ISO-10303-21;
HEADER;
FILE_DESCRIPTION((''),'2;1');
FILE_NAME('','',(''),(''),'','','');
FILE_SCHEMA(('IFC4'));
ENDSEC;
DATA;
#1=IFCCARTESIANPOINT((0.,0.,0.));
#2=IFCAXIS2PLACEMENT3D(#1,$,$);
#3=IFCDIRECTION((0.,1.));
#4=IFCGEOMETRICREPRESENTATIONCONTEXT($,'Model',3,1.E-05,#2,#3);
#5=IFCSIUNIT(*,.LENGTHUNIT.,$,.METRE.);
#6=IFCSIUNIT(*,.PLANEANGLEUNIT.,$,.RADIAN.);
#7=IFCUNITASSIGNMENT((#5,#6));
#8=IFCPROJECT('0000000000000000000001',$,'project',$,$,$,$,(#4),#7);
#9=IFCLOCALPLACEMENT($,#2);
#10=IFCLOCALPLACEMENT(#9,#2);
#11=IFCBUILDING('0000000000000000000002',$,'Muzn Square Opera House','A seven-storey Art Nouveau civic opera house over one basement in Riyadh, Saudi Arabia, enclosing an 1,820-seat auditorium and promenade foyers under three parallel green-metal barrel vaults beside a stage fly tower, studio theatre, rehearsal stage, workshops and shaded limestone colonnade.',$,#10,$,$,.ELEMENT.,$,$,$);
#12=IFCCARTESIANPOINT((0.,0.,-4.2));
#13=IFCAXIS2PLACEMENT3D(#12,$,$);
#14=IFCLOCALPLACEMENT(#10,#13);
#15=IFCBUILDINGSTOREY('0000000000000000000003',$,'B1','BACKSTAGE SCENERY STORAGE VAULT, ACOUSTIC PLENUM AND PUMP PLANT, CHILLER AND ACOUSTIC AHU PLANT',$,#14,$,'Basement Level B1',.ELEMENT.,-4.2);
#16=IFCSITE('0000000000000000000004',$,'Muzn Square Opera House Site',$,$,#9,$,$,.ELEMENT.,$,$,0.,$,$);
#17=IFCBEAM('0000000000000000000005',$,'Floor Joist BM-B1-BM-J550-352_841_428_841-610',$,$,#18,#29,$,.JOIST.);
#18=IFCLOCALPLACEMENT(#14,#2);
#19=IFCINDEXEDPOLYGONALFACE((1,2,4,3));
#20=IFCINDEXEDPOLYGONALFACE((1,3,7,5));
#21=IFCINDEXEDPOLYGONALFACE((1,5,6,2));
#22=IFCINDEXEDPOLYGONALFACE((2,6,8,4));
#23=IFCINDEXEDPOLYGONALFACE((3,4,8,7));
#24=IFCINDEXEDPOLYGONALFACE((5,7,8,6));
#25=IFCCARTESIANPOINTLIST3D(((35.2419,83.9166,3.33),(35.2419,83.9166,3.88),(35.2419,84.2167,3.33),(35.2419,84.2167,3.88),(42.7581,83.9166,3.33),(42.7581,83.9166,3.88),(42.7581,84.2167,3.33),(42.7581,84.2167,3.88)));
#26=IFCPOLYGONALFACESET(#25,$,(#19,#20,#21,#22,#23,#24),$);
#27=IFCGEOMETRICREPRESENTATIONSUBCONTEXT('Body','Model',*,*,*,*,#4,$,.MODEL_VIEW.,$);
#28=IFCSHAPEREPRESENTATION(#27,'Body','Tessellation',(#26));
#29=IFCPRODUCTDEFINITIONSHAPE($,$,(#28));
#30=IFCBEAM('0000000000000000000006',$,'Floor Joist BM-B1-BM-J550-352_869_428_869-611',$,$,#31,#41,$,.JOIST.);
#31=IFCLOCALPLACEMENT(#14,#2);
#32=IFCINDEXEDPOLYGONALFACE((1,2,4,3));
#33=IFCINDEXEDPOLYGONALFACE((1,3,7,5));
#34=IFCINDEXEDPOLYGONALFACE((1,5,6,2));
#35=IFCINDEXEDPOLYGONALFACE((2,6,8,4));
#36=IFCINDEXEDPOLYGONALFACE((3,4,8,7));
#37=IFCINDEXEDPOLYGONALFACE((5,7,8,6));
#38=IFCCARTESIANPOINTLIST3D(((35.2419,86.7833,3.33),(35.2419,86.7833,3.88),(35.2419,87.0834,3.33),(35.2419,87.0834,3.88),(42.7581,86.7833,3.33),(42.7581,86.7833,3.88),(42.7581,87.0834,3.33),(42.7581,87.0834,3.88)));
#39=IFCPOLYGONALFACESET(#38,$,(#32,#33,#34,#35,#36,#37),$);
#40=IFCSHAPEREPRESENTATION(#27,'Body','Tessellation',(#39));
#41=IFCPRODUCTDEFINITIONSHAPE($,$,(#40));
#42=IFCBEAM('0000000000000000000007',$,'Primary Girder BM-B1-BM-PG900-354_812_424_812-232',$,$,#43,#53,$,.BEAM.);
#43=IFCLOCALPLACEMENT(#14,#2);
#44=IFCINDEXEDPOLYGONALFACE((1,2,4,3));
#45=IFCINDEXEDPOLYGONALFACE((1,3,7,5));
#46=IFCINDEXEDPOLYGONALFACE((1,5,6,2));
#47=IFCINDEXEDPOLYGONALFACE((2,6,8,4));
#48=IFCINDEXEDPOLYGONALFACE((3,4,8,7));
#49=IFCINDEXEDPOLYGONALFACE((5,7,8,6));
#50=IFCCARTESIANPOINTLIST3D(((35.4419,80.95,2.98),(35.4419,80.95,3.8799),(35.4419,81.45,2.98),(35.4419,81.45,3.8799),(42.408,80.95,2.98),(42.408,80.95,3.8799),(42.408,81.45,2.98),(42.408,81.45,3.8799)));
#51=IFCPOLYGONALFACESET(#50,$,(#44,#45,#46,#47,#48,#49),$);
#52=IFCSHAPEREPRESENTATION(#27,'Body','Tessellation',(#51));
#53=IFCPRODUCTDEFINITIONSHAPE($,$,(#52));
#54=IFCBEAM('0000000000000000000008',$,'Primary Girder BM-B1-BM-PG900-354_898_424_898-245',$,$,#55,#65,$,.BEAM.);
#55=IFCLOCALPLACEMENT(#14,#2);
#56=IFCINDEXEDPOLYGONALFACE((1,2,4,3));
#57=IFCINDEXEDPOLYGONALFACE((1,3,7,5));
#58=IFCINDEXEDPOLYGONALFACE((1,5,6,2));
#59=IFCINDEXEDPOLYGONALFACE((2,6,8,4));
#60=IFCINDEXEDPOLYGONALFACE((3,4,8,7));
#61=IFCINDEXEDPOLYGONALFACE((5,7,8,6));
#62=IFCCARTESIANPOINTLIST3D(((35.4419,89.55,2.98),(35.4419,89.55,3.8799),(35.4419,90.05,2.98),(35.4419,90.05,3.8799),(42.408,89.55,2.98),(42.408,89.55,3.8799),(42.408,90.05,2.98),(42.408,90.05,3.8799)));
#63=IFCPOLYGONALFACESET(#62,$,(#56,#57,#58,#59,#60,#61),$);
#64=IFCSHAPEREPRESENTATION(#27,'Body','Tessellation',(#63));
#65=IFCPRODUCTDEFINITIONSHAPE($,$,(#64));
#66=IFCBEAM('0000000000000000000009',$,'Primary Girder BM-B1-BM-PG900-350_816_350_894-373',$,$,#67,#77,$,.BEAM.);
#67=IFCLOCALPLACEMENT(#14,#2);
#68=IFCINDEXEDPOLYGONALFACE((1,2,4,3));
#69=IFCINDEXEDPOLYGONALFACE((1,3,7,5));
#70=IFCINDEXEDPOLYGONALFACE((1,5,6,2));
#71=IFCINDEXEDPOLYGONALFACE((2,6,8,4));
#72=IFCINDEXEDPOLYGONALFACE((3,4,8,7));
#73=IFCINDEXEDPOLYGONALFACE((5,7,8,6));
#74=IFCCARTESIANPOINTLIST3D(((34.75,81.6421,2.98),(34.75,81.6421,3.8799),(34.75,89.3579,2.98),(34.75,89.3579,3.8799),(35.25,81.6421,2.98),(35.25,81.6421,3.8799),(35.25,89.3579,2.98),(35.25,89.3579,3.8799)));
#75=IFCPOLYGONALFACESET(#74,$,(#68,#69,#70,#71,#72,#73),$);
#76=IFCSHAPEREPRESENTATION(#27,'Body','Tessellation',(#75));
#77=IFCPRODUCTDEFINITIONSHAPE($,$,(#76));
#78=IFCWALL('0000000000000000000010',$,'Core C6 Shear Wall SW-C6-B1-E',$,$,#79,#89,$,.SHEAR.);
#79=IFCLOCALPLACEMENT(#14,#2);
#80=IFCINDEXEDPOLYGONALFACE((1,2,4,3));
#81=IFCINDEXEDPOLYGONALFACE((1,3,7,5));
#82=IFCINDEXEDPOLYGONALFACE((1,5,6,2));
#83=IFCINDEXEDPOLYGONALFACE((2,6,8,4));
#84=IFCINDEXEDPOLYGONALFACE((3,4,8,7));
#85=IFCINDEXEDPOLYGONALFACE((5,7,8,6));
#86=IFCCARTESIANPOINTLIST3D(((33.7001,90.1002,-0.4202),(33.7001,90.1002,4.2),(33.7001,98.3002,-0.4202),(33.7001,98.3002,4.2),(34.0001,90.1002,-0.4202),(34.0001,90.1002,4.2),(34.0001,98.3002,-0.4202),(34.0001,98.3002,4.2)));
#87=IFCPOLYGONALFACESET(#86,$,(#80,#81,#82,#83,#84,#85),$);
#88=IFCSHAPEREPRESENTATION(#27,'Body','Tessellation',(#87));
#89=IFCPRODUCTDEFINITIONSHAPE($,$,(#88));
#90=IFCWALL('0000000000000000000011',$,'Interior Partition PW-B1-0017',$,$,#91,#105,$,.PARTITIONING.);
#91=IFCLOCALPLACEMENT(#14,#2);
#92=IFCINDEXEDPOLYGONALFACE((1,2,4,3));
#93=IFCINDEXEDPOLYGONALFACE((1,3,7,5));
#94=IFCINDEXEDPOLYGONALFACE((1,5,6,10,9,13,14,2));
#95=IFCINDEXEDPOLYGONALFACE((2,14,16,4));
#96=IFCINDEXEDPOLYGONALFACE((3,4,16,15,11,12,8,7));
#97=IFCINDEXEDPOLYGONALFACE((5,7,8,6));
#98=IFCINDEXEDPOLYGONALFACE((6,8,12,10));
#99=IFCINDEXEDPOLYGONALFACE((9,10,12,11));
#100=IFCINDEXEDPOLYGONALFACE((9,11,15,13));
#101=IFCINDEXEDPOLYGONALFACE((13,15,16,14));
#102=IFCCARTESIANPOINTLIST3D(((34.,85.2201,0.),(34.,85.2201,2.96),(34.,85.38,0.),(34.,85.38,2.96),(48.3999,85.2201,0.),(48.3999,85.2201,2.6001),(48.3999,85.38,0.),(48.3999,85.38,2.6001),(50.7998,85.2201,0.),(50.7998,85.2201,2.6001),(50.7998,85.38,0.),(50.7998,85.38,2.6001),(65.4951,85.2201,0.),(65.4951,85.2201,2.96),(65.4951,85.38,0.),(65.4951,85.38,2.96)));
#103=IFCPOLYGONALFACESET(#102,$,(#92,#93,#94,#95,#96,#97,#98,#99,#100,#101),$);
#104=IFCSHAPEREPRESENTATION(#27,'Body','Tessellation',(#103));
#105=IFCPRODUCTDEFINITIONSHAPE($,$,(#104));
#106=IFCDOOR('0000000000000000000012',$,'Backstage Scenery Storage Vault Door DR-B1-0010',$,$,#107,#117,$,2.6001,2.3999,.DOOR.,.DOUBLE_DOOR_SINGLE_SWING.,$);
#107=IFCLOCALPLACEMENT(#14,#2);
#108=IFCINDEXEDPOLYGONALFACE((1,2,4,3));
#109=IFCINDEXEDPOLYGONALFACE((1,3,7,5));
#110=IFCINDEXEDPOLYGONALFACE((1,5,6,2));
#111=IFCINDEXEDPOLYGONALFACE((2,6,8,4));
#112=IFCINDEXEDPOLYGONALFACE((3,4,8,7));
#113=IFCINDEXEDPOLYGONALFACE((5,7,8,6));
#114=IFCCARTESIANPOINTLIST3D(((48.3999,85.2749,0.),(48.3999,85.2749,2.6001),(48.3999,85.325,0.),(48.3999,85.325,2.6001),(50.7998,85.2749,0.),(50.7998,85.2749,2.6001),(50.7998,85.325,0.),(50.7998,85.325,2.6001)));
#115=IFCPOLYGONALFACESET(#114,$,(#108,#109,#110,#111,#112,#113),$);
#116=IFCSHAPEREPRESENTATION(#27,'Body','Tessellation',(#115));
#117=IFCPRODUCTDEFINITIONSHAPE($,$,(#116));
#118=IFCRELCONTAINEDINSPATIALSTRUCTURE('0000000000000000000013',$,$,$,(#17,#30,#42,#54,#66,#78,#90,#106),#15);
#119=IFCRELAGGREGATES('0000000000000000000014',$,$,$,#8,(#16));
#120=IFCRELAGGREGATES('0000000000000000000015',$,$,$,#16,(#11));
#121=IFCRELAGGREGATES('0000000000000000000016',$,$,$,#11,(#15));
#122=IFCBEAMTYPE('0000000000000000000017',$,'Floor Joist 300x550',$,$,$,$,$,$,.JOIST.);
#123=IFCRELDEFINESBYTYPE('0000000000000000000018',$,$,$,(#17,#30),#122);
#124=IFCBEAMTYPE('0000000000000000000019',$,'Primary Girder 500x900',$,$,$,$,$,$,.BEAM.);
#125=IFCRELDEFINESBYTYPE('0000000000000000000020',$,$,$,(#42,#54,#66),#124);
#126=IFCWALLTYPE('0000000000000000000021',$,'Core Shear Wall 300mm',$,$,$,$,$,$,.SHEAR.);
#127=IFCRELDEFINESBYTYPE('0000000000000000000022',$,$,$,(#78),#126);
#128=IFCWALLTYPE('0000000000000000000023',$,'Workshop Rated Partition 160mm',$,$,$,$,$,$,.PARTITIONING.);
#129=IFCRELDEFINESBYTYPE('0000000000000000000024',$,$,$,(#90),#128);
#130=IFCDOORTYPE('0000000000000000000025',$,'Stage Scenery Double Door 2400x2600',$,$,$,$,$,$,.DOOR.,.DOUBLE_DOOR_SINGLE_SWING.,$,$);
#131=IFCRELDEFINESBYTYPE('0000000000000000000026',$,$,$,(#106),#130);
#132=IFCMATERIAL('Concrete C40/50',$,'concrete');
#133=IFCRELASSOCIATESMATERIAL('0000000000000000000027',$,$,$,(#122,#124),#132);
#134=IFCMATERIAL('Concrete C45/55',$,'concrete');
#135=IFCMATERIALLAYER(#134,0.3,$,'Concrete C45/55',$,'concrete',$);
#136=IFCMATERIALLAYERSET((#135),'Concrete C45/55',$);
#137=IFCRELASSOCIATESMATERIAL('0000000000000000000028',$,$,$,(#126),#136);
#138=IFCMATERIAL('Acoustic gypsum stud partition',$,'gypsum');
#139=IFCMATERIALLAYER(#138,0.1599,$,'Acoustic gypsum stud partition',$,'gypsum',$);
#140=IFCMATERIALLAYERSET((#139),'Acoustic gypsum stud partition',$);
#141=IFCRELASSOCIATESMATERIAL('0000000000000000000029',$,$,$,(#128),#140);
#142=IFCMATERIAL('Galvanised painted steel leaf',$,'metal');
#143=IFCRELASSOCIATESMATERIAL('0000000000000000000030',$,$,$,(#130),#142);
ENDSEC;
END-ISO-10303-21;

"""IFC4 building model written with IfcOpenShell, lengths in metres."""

from ifc_helpers import new_model, si_unit, direction, frame, frame_2d, origin, origin_2d, place, context, subcontext, project, spatial, rectangle, extrude, material, layer, layer_set, material_profile, profile_set, type_object, element, fill, save


model = new_model("IFC4")

# Units and contexts
model_context = context("Model", 3, precision=1e-05, world=origin(), true_north=direction((0.0, 1.0)))
body_context = subcontext(model_context, "Body", "Model", "MODEL_VIEW")
ifc_project = project(units=[si_unit("LENGTHUNIT", "METRE"), si_unit("PLANEANGLEUNIT", "RADIAN")], contexts=[model_context])

# Site, building, storey
site_placement = place(None, origin())
site = spatial("IfcSite", under=ifc_project, at=site_placement, Name="Muzn Square Opera House Site", CompositionType="ELEMENT", RefElevation=0.0)
building_placement = place(site_placement, origin())
building = spatial("IfcBuilding", under=site, at=building_placement, Name="Muzn Square Opera House", Description="A seven-storey Art Nouveau civic opera house over one basement in Riyadh, Saudi Arabia, enclosing an 1,820-seat auditorium and promenade foyers under three parallel green-metal barrel vaults beside a stage fly tower, studio theatre, rehearsal stage, workshops and shaded limestone colonnade.", CompositionType="ELEMENT")
storey_placement = place(building_placement, frame((0.0, 0.0, -4.2)))
storey = spatial("IfcBuildingStorey", under=building, at=storey_placement, Name="B1", Description="BACKSTAGE SCENERY STORAGE VAULT, ACOUSTIC PLENUM AND PUMP PLANT, CHILLER AND ACOUSTIC AHU PLANT", LongName="Basement Level B1", CompositionType="ELEMENT", Elevation=-4.2)

# Shared definitions
ifc_material_1 = material(Name="Concrete C40/50", Category="concrete")

# Shared definitions
ifc_material_2 = material(Name="Concrete C45/55", Category="concrete")

# Beams
ifc_material_profile_1 = material_profile(ifc_material_1, rectangle(XDim=0.3, YDim=0.55, at=origin_2d()), Name="RCJ 300x550", Category="concrete")
ifc_profile_set_1 = profile_set([ifc_material_profile_1], Name="Concrete C40/50")
beam_type_1 = type_object("IfcBeamType", Name="Floor Joist 300x550", PredefinedType="JOIST", material=ifc_profile_set_1)
for number, where, z_axis, x_axis, name in (
    (1, (35.2419, 84.0667, 3.605), (1.0, 0.0, 0.0), (0.0, 1.0, 0.0), "Floor Joist BM-B1-BM-J550-352_841_428_841-610"),
    (2, (35.2419, 86.9333, 3.605), (1.0, 0.0, 0.0), (0.0, 1.0, 0.0), "Floor Joist BM-B1-BM-J550-352_869_428_869-611"),
):
    element("IfcBeam", number, at=place(storey_placement, frame(where, z_axis=z_axis, x_axis=x_axis)), inside=storey, type_object=beam_type_1, Name=name, PredefinedType="JOIST", context=body_context, shape_type="SweptSolid", body=[
        extrude(rectangle(XDim=0.3, YDim=0.55, at=origin_2d()), origin(), (0.0, 0.0, 1.0), 7.5161),
    ])
ifc_material_profile_2 = material_profile(ifc_material_1, rectangle(XDim=0.5, YDim=0.8999, at=origin_2d()), Name="RCB 500x900", Category="concrete")
ifc_profile_set_2 = profile_set([ifc_material_profile_2], Name="Concrete C40/50")
beam_type_2 = type_object("IfcBeamType", Name="Primary Girder 500x900", PredefinedType="BEAM", material=ifc_profile_set_2)
for number, where, z_axis, x_axis, name in (
    (3, (35.4419, 81.2, 3.4299), (1.0, 0.0, 0.0), (0.0, 1.0, 0.0), "Primary Girder BM-B1-BM-PG900-354_812_424_812-232"),
    (4, (35.4419, 89.8, 3.4299), (1.0, 0.0, 0.0), (0.0, 1.0, 0.0), "Primary Girder BM-B1-BM-PG900-354_898_424_898-245"),
):
    element("IfcBeam", number, at=place(storey_placement, frame(where, z_axis=z_axis, x_axis=x_axis)), inside=storey, type_object=beam_type_2, Name=name, PredefinedType="BEAM", context=body_context, shape_type="SweptSolid", body=[
        extrude(rectangle(XDim=0.5, YDim=0.8999, at=origin_2d()), origin(), (0.0, 0.0, 1.0), 6.9661),
    ])
beam_placement = place(storey_placement, frame((35.0, 81.6421, 3.4299), z_axis=(0.0, 1.0, 0.0), x_axis=(-1.0, 0.0, 0.0)))
element("IfcBeam", 5, at=beam_placement, inside=storey, type_object=beam_type_2, Name="Primary Girder BM-B1-BM-PG900-350_816_350_894-373", PredefinedType="BEAM", context=body_context, shape_type="SweptSolid", body=[
    extrude(rectangle(XDim=0.5, YDim=0.8999, at=origin_2d()), origin(), (0.0, 0.0, 1.0), 7.7158),
])

# Wall
ifc_layer_1 = layer(ifc_material_2, 0.3, Name="Concrete C45/55", Category="concrete")
ifc_layer_set_1 = layer_set([ifc_layer_1], Name="Concrete C45/55")
wall_type_1 = type_object("IfcWallType", Name="Core Shear Wall 300mm", PredefinedType="SHEAR", material=ifc_layer_set_1)
wall_1_placement = place(storey_placement, frame((33.8501, 90.1001, -0.4202), z_axis=(0.0, 0.0, 1.0), x_axis=(0.0, 1.0, 0.0)))
element("IfcWall", 6, at=wall_1_placement, inside=storey, type_object=wall_type_1, Name="Core C6 Shear Wall SW-C6-B1-E", PredefinedType="SHEAR", context=body_context, shape_type="SweptSolid", body=[
    extrude(rectangle(XDim=8.2, YDim=0.3, at=frame_2d((4.1001, 0.0))), origin(), (0.0, 0.0, 1.0), 4.6201),
])

# Wall, opening, door
ifc_material_3 = material(Name="Galvanised painted steel leaf", Category="metal")
ifc_material_4 = material(Name="Acoustic gypsum stud partition", Category="gypsum")
ifc_layer_2 = layer(ifc_material_4, 0.1599, Name="Acoustic gypsum stud partition", Category="gypsum")
ifc_layer_set_2 = layer_set([ifc_layer_2], Name="Acoustic gypsum stud partition")
wall_type_2 = type_object("IfcWallType", Name="Workshop Rated Partition 160mm", PredefinedType="PARTITIONING", material=ifc_layer_set_2)
wall_2_placement = place(storey_placement, frame((34.0, 85.3, 0.0), z_axis=(0.0, 0.0, 1.0), x_axis=(1.0, 0.0, 0.0)))
wall_2 = element("IfcWall", 7, at=wall_2_placement, inside=storey, type_object=wall_type_2, Name="Interior Partition PW-B1-0017", PredefinedType="PARTITIONING", context=body_context, shape_type="SweptSolid", body=[
    extrude(rectangle(XDim=31.4951, YDim=0.1599, at=frame_2d((15.7476, 0.0))), origin(), (0.0, 0.0, 1.0), 2.96),
])
opening_1_placement = place(wall_2_placement, frame((14.3999, 0.0, 0.0)))
opening_1 = element("IfcOpeningElement", 8, at=opening_1_placement, cuts=wall_2, PredefinedType="OPENING", context=body_context, shape_type="SweptSolid", body=[
    extrude(rectangle(XDim=2.3999, YDim=2.6001, at=frame_2d((1.2, 1.3))), frame((0.0, 0.0898, 0.0), z_axis=(0.0, -1.0, 0.0), x_axis=(1.0, 0.0, 0.0)), (0.0, 0.0, 1.0), 0.1799),
])
door_type_1 = type_object("IfcDoorType", Name="Stage Scenery Double Door 2400x2600", OperationType="DOUBLE_DOOR_SINGLE_SWING", PredefinedType="DOOR", material=ifc_material_3)
door_1_placement = place(opening_1_placement, origin())
door_1 = element("IfcDoor", 9, at=door_1_placement, inside=storey, type_object=door_type_1, Name="Backstage Scenery Storage Vault Door DR-B1-0010", OperationType="DOUBLE_DOOR_SINGLE_SWING", OverallHeight=2.6001, OverallWidth=2.3999, PredefinedType="DOOR", context=body_context, shape_type="SweptSolid", body=[
    extrude(rectangle(XDim=2.3999, YDim=2.6001, at=frame_2d((1.2, 1.3))), frame((0.0, 0.0249, 0.0), z_axis=(0.0, -1.0, 0.0), x_axis=(1.0, 0.0, 0.0)), (0.0, 0.0, 1.0), 0.05),
])
fill(opening_1, door_1)

save(model, "model.ifc")
